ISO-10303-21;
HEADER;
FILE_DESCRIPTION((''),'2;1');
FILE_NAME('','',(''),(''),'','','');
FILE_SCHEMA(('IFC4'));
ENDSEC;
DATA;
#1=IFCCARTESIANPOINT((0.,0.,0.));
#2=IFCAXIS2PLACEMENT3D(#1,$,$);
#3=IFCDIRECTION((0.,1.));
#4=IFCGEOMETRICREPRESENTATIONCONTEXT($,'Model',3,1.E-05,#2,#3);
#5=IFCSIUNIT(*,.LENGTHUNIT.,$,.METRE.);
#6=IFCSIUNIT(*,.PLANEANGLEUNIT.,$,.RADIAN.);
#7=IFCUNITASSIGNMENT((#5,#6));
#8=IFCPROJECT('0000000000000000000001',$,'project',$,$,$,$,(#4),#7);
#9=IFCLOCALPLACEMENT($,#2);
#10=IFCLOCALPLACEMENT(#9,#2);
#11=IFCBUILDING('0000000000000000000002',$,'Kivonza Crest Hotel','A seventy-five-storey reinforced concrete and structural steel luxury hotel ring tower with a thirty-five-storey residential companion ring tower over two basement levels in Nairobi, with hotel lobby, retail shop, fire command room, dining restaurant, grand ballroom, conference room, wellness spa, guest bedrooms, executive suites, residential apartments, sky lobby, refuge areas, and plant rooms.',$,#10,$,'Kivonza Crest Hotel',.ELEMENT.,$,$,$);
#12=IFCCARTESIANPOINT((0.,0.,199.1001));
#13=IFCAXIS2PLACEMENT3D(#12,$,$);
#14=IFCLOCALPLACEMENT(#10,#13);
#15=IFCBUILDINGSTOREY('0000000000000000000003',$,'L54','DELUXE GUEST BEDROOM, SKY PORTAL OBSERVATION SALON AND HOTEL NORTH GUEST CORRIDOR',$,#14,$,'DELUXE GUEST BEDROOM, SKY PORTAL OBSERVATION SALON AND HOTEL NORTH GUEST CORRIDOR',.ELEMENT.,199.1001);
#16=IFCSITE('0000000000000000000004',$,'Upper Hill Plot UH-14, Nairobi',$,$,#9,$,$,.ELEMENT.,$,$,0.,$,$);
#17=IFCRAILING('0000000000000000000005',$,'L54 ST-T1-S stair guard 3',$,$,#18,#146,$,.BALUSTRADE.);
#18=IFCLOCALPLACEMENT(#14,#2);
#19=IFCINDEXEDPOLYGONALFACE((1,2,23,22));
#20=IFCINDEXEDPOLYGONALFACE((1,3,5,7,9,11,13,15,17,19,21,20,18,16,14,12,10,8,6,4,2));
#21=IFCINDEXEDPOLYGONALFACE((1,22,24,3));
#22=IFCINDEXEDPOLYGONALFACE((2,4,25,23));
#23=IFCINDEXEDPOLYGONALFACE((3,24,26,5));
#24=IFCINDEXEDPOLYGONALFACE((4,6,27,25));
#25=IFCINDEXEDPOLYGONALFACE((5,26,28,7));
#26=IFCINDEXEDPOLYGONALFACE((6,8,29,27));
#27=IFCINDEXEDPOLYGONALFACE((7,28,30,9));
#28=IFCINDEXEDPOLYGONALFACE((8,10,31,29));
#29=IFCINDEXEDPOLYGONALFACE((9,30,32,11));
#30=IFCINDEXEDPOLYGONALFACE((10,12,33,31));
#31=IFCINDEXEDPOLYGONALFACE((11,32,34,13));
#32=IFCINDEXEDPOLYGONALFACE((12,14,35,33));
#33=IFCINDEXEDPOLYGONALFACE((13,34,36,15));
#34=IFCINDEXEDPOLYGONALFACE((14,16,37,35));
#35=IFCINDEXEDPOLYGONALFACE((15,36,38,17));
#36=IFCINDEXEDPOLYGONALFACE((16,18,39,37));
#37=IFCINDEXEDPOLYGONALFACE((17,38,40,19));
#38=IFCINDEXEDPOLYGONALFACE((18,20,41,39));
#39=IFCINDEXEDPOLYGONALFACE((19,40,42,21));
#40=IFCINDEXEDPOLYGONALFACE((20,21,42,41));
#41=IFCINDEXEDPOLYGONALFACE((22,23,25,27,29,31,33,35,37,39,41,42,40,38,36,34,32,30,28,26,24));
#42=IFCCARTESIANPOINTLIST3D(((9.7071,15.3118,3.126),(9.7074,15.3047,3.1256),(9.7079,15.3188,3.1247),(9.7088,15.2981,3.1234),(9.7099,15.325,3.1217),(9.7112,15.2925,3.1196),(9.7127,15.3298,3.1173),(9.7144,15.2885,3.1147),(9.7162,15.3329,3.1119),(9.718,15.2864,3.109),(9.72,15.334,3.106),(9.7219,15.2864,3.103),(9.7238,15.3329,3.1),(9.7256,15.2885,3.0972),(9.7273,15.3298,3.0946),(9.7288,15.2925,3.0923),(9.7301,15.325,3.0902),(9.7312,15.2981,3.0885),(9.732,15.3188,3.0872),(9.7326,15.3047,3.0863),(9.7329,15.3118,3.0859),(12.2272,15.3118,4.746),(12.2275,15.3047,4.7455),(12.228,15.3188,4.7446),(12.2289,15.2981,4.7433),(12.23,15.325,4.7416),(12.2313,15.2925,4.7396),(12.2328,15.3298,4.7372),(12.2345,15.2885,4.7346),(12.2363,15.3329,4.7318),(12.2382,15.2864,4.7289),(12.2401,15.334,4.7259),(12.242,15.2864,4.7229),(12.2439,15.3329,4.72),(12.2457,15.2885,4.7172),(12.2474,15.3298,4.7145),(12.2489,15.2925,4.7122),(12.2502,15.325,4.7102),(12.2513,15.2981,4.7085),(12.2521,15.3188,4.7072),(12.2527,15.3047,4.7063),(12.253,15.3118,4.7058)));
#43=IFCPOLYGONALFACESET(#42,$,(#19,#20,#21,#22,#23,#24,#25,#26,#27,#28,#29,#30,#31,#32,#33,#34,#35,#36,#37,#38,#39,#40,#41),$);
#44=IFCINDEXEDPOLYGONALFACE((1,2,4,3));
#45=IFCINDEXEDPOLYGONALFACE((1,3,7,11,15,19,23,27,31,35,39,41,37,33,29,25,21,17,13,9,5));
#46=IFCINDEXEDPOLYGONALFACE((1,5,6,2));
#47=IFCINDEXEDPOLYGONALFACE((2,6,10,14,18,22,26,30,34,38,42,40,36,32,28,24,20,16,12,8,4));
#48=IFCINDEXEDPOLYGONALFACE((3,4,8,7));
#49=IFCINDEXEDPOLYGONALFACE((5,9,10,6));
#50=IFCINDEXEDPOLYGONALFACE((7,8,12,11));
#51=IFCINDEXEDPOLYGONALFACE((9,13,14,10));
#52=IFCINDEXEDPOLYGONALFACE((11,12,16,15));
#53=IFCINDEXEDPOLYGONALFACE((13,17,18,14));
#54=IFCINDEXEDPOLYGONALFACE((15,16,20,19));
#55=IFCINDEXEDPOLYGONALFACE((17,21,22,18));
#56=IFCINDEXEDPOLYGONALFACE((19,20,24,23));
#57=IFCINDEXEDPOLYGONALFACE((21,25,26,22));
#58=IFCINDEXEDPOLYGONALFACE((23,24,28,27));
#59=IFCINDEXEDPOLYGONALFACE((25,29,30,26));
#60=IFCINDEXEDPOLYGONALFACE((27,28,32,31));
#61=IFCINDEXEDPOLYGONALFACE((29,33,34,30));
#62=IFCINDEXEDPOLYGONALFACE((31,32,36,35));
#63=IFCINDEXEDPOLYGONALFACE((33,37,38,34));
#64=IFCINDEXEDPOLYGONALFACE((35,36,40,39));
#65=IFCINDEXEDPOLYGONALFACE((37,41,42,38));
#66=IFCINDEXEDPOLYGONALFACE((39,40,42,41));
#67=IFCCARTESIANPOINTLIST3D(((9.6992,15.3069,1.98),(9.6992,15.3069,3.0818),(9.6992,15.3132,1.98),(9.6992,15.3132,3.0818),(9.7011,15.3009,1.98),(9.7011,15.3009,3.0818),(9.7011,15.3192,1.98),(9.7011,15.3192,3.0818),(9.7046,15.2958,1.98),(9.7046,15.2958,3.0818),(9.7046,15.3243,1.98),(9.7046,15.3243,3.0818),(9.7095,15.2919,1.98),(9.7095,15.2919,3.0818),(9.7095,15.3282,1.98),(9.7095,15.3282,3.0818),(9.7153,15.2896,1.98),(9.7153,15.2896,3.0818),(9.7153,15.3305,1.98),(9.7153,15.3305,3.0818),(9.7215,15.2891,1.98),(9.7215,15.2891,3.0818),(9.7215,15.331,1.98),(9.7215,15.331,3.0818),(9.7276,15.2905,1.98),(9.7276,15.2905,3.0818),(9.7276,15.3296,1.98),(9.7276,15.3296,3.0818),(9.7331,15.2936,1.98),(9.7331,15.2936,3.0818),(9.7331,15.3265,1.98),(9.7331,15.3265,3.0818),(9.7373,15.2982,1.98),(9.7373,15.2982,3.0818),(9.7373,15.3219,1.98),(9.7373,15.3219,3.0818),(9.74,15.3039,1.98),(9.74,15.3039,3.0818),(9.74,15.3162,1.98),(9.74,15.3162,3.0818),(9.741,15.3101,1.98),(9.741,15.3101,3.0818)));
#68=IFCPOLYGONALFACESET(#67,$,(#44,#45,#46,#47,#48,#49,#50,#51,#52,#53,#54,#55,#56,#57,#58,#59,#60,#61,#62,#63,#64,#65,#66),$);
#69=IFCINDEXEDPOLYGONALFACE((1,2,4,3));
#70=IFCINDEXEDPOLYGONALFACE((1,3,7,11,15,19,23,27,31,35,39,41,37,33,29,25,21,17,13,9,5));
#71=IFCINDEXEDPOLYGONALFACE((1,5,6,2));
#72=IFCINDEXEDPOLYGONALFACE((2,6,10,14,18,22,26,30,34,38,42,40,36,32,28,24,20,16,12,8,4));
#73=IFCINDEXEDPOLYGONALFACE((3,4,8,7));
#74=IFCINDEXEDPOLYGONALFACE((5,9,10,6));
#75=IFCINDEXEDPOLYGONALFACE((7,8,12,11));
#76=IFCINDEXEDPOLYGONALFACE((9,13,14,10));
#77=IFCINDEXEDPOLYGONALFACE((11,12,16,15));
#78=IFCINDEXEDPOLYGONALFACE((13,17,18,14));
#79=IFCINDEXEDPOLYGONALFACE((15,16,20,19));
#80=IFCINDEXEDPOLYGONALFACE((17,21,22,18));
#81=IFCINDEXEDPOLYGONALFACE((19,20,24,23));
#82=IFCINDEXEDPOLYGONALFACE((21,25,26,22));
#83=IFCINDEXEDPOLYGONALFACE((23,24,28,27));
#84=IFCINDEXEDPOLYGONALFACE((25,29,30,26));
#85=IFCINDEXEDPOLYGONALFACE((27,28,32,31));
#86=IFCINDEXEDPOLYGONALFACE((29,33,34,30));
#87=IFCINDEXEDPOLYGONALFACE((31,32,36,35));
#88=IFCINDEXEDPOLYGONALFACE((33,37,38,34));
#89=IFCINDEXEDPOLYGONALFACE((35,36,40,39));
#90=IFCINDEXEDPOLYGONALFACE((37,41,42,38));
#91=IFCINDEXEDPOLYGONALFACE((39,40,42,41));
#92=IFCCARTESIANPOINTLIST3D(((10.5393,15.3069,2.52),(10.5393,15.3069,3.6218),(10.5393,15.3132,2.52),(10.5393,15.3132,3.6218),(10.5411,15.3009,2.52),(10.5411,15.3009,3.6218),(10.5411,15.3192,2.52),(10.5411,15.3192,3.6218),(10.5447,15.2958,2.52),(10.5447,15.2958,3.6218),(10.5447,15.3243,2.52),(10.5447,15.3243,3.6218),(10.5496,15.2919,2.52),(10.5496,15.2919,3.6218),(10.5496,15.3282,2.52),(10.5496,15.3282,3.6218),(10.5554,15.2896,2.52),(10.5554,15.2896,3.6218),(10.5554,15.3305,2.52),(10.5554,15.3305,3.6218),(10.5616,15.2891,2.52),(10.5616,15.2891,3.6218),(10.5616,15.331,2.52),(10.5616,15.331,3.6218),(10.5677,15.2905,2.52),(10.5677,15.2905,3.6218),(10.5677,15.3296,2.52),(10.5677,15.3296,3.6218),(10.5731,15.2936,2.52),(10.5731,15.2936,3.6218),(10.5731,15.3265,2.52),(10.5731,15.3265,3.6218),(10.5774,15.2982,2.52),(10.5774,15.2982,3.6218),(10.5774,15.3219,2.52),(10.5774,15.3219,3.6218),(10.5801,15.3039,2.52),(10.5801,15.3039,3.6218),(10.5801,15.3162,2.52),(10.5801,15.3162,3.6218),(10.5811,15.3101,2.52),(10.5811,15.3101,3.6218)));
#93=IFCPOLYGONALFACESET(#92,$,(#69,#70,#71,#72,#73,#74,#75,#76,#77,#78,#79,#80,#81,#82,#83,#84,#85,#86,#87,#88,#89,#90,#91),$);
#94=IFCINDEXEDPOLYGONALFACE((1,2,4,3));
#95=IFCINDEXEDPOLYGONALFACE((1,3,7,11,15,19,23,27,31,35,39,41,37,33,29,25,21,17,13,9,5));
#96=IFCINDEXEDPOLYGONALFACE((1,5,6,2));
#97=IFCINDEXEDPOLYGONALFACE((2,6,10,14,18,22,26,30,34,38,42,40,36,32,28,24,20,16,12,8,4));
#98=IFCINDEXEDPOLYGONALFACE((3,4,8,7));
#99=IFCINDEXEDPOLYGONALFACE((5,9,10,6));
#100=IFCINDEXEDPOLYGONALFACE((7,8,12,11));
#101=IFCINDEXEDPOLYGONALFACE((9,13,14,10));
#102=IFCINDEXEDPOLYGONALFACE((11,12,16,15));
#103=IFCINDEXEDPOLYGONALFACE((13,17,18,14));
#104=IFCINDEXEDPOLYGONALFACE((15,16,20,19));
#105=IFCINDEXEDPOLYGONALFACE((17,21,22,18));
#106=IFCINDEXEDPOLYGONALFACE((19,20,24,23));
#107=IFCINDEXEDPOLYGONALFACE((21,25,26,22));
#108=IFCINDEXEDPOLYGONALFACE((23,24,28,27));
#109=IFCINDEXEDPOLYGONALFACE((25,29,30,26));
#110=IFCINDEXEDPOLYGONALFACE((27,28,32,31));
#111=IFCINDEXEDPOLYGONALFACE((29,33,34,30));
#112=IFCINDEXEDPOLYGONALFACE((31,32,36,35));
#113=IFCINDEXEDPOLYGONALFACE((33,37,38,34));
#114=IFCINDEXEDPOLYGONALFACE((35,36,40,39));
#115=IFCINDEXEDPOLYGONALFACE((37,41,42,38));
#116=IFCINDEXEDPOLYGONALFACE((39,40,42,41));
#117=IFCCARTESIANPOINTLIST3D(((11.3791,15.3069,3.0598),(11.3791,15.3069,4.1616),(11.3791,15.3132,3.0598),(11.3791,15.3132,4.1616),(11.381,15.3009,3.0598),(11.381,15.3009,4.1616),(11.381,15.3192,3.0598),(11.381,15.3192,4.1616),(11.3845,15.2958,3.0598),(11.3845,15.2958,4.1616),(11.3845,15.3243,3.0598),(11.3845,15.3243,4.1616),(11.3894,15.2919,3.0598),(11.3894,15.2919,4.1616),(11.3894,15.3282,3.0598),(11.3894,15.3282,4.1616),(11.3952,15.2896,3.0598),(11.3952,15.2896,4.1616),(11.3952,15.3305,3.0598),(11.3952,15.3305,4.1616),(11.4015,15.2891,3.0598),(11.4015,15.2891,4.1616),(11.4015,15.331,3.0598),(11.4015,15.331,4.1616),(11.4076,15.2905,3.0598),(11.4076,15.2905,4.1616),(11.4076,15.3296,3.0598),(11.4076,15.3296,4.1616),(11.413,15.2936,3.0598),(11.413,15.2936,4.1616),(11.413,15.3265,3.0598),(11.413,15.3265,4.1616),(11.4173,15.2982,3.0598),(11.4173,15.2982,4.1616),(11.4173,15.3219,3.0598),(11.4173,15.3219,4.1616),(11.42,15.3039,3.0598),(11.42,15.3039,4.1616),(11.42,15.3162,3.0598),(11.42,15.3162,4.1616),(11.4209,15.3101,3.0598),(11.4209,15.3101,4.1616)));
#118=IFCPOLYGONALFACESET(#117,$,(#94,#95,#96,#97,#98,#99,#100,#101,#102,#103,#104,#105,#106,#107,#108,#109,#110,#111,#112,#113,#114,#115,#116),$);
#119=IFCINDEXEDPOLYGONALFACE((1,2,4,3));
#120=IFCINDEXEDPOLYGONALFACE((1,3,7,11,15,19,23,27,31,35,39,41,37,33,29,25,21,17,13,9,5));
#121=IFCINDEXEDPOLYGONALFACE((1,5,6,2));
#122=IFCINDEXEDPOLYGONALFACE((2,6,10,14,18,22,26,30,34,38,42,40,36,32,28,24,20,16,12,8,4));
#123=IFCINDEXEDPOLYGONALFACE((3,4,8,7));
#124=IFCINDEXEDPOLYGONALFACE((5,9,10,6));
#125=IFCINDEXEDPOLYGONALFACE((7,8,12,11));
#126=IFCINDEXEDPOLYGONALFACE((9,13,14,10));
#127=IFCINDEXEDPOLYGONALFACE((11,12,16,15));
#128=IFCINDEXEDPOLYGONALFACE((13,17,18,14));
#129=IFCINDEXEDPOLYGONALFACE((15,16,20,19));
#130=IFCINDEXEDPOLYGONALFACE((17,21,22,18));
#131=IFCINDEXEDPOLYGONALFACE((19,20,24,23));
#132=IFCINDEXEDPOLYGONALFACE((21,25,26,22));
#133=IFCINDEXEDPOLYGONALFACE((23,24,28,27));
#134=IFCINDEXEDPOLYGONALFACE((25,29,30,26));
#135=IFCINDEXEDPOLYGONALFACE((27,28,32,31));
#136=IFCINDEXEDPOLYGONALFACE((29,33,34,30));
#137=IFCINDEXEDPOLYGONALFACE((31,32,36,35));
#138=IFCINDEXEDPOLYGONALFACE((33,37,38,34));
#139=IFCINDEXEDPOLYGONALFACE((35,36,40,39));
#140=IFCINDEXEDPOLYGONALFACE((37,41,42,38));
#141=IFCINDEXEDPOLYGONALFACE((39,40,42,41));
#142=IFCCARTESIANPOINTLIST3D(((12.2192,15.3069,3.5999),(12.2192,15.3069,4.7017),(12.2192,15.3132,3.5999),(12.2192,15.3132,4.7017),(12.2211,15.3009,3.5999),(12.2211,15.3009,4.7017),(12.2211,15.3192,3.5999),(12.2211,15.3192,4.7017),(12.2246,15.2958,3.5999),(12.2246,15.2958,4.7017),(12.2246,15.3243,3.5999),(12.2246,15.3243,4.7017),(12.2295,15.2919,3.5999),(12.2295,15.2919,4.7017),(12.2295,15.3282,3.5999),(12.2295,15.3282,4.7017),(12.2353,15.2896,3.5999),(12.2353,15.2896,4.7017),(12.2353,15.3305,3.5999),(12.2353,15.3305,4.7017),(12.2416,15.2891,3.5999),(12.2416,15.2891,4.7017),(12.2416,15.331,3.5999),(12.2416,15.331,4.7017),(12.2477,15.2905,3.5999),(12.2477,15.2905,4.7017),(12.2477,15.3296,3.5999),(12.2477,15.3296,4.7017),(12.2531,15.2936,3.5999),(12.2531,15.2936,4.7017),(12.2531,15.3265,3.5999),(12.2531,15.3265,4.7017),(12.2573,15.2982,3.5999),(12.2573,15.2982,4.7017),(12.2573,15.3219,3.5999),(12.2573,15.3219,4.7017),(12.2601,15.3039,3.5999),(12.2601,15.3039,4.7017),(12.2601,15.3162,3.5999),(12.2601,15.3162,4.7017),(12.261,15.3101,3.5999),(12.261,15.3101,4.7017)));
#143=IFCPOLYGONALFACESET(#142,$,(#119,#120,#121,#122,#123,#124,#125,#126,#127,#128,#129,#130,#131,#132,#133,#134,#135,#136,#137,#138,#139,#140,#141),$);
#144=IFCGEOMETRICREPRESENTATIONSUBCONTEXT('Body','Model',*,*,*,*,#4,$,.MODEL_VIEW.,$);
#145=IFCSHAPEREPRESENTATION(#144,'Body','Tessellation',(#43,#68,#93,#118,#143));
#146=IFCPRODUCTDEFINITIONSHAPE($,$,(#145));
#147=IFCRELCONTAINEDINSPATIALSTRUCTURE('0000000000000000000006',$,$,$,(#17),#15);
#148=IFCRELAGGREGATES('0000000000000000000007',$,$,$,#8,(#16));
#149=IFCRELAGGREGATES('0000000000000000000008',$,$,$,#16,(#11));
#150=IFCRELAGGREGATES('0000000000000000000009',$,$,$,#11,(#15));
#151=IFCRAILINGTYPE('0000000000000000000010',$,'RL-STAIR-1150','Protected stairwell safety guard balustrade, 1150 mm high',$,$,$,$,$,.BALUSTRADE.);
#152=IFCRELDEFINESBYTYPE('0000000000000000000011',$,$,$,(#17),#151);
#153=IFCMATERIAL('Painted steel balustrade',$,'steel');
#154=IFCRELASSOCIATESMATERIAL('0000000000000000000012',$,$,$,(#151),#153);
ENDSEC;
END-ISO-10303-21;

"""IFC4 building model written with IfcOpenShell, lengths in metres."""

from ifc_helpers import new_model, si_unit, direction, frame, origin, origin_2d, place, context, subcontext, project, spatial, circle, extrude, material, type_object, element, save


model = new_model("IFC4")

# Units and contexts
model_context = context("Model", 3, precision=1e-05, world=origin(), true_north=direction((0.0, 1.0)))
body_context = subcontext(model_context, "Body", "Model", "MODEL_VIEW")
ifc_project = project(units=[si_unit("LENGTHUNIT", "METRE"), si_unit("PLANEANGLEUNIT", "RADIAN")], contexts=[model_context])

# Site, building, storey
site_placement = place(None, origin())
site = spatial("IfcSite", under=ifc_project, at=site_placement, Name="Upper Hill Plot UH-14, Nairobi", CompositionType="ELEMENT", RefElevation=0.0)
building_placement = place(site_placement, origin())
building = spatial("IfcBuilding", under=site, at=building_placement, Name="Kivonza Crest Hotel", Description="A seventy-five-storey reinforced concrete and structural steel luxury hotel ring tower with a thirty-five-storey residential companion ring tower over two basement levels in Nairobi, with hotel lobby, retail shop, fire command room, dining restaurant, grand ballroom, conference room, wellness spa, guest bedrooms, executive suites, residential apartments, sky lobby, refuge areas, and plant rooms.", LongName="Kivonza Crest Hotel", CompositionType="ELEMENT")
storey_placement = place(building_placement, frame((0.0, 0.0, 199.1001)))
storey = spatial("IfcBuildingStorey", under=building, at=storey_placement, Name="L54", Description="DELUXE GUEST BEDROOM, SKY PORTAL OBSERVATION SALON AND HOTEL NORTH GUEST CORRIDOR", LongName="DELUXE GUEST BEDROOM, SKY PORTAL OBSERVATION SALON AND HOTEL NORTH GUEST CORRIDOR", CompositionType="ELEMENT", Elevation=199.1001)

# Railing
ifc_material_1 = material(Name="Painted steel balustrade", Category="steel")
railing_type_1 = type_object("IfcRailingType", Name="RL-STAIR-1150", Description="Protected stairwell safety guard balustrade, 1150 mm high", PredefinedType="BALUSTRADE", material=ifc_material_1)
railing_1_placement = place(storey_placement, frame((9.72, 15.3101, 1.98)))
element("IfcRailing", 1, at=railing_1_placement, inside=storey, type_object=railing_type_1, Name="L54 ST-T1-S stair guard 3", PredefinedType="BALUSTRADE", context=body_context, shape_type="SweptSolid", body=[
    extrude(circle(Radius=0.0239, at=origin_2d()), frame((0.0, 0.0, 1.126), z_axis=(0.8412, 0.0, 0.540725), x_axis=(0.0, 1.0, 0.0)), (0.0, 0.0, 1.0), 2.9958),
    extrude(circle(Radius=0.021, at=origin_2d()), origin(), (0.0, 0.0, 1.0), 1.1018),
    extrude(circle(Radius=0.021, at=origin_2d()), frame((0.8401, 0.0, 0.54)), (0.0, 0.0, 1.0), 1.1018),
    extrude(circle(Radius=0.021, at=origin_2d()), frame((1.6799, 0.0, 1.0798)), (0.0, 0.0, 1.0), 1.1018),
    extrude(circle(Radius=0.021, at=origin_2d()), frame((2.52, 0.0, 1.6199)), (0.0, 0.0, 1.0), 1.1018),
])

save(model, "model.ifc")
